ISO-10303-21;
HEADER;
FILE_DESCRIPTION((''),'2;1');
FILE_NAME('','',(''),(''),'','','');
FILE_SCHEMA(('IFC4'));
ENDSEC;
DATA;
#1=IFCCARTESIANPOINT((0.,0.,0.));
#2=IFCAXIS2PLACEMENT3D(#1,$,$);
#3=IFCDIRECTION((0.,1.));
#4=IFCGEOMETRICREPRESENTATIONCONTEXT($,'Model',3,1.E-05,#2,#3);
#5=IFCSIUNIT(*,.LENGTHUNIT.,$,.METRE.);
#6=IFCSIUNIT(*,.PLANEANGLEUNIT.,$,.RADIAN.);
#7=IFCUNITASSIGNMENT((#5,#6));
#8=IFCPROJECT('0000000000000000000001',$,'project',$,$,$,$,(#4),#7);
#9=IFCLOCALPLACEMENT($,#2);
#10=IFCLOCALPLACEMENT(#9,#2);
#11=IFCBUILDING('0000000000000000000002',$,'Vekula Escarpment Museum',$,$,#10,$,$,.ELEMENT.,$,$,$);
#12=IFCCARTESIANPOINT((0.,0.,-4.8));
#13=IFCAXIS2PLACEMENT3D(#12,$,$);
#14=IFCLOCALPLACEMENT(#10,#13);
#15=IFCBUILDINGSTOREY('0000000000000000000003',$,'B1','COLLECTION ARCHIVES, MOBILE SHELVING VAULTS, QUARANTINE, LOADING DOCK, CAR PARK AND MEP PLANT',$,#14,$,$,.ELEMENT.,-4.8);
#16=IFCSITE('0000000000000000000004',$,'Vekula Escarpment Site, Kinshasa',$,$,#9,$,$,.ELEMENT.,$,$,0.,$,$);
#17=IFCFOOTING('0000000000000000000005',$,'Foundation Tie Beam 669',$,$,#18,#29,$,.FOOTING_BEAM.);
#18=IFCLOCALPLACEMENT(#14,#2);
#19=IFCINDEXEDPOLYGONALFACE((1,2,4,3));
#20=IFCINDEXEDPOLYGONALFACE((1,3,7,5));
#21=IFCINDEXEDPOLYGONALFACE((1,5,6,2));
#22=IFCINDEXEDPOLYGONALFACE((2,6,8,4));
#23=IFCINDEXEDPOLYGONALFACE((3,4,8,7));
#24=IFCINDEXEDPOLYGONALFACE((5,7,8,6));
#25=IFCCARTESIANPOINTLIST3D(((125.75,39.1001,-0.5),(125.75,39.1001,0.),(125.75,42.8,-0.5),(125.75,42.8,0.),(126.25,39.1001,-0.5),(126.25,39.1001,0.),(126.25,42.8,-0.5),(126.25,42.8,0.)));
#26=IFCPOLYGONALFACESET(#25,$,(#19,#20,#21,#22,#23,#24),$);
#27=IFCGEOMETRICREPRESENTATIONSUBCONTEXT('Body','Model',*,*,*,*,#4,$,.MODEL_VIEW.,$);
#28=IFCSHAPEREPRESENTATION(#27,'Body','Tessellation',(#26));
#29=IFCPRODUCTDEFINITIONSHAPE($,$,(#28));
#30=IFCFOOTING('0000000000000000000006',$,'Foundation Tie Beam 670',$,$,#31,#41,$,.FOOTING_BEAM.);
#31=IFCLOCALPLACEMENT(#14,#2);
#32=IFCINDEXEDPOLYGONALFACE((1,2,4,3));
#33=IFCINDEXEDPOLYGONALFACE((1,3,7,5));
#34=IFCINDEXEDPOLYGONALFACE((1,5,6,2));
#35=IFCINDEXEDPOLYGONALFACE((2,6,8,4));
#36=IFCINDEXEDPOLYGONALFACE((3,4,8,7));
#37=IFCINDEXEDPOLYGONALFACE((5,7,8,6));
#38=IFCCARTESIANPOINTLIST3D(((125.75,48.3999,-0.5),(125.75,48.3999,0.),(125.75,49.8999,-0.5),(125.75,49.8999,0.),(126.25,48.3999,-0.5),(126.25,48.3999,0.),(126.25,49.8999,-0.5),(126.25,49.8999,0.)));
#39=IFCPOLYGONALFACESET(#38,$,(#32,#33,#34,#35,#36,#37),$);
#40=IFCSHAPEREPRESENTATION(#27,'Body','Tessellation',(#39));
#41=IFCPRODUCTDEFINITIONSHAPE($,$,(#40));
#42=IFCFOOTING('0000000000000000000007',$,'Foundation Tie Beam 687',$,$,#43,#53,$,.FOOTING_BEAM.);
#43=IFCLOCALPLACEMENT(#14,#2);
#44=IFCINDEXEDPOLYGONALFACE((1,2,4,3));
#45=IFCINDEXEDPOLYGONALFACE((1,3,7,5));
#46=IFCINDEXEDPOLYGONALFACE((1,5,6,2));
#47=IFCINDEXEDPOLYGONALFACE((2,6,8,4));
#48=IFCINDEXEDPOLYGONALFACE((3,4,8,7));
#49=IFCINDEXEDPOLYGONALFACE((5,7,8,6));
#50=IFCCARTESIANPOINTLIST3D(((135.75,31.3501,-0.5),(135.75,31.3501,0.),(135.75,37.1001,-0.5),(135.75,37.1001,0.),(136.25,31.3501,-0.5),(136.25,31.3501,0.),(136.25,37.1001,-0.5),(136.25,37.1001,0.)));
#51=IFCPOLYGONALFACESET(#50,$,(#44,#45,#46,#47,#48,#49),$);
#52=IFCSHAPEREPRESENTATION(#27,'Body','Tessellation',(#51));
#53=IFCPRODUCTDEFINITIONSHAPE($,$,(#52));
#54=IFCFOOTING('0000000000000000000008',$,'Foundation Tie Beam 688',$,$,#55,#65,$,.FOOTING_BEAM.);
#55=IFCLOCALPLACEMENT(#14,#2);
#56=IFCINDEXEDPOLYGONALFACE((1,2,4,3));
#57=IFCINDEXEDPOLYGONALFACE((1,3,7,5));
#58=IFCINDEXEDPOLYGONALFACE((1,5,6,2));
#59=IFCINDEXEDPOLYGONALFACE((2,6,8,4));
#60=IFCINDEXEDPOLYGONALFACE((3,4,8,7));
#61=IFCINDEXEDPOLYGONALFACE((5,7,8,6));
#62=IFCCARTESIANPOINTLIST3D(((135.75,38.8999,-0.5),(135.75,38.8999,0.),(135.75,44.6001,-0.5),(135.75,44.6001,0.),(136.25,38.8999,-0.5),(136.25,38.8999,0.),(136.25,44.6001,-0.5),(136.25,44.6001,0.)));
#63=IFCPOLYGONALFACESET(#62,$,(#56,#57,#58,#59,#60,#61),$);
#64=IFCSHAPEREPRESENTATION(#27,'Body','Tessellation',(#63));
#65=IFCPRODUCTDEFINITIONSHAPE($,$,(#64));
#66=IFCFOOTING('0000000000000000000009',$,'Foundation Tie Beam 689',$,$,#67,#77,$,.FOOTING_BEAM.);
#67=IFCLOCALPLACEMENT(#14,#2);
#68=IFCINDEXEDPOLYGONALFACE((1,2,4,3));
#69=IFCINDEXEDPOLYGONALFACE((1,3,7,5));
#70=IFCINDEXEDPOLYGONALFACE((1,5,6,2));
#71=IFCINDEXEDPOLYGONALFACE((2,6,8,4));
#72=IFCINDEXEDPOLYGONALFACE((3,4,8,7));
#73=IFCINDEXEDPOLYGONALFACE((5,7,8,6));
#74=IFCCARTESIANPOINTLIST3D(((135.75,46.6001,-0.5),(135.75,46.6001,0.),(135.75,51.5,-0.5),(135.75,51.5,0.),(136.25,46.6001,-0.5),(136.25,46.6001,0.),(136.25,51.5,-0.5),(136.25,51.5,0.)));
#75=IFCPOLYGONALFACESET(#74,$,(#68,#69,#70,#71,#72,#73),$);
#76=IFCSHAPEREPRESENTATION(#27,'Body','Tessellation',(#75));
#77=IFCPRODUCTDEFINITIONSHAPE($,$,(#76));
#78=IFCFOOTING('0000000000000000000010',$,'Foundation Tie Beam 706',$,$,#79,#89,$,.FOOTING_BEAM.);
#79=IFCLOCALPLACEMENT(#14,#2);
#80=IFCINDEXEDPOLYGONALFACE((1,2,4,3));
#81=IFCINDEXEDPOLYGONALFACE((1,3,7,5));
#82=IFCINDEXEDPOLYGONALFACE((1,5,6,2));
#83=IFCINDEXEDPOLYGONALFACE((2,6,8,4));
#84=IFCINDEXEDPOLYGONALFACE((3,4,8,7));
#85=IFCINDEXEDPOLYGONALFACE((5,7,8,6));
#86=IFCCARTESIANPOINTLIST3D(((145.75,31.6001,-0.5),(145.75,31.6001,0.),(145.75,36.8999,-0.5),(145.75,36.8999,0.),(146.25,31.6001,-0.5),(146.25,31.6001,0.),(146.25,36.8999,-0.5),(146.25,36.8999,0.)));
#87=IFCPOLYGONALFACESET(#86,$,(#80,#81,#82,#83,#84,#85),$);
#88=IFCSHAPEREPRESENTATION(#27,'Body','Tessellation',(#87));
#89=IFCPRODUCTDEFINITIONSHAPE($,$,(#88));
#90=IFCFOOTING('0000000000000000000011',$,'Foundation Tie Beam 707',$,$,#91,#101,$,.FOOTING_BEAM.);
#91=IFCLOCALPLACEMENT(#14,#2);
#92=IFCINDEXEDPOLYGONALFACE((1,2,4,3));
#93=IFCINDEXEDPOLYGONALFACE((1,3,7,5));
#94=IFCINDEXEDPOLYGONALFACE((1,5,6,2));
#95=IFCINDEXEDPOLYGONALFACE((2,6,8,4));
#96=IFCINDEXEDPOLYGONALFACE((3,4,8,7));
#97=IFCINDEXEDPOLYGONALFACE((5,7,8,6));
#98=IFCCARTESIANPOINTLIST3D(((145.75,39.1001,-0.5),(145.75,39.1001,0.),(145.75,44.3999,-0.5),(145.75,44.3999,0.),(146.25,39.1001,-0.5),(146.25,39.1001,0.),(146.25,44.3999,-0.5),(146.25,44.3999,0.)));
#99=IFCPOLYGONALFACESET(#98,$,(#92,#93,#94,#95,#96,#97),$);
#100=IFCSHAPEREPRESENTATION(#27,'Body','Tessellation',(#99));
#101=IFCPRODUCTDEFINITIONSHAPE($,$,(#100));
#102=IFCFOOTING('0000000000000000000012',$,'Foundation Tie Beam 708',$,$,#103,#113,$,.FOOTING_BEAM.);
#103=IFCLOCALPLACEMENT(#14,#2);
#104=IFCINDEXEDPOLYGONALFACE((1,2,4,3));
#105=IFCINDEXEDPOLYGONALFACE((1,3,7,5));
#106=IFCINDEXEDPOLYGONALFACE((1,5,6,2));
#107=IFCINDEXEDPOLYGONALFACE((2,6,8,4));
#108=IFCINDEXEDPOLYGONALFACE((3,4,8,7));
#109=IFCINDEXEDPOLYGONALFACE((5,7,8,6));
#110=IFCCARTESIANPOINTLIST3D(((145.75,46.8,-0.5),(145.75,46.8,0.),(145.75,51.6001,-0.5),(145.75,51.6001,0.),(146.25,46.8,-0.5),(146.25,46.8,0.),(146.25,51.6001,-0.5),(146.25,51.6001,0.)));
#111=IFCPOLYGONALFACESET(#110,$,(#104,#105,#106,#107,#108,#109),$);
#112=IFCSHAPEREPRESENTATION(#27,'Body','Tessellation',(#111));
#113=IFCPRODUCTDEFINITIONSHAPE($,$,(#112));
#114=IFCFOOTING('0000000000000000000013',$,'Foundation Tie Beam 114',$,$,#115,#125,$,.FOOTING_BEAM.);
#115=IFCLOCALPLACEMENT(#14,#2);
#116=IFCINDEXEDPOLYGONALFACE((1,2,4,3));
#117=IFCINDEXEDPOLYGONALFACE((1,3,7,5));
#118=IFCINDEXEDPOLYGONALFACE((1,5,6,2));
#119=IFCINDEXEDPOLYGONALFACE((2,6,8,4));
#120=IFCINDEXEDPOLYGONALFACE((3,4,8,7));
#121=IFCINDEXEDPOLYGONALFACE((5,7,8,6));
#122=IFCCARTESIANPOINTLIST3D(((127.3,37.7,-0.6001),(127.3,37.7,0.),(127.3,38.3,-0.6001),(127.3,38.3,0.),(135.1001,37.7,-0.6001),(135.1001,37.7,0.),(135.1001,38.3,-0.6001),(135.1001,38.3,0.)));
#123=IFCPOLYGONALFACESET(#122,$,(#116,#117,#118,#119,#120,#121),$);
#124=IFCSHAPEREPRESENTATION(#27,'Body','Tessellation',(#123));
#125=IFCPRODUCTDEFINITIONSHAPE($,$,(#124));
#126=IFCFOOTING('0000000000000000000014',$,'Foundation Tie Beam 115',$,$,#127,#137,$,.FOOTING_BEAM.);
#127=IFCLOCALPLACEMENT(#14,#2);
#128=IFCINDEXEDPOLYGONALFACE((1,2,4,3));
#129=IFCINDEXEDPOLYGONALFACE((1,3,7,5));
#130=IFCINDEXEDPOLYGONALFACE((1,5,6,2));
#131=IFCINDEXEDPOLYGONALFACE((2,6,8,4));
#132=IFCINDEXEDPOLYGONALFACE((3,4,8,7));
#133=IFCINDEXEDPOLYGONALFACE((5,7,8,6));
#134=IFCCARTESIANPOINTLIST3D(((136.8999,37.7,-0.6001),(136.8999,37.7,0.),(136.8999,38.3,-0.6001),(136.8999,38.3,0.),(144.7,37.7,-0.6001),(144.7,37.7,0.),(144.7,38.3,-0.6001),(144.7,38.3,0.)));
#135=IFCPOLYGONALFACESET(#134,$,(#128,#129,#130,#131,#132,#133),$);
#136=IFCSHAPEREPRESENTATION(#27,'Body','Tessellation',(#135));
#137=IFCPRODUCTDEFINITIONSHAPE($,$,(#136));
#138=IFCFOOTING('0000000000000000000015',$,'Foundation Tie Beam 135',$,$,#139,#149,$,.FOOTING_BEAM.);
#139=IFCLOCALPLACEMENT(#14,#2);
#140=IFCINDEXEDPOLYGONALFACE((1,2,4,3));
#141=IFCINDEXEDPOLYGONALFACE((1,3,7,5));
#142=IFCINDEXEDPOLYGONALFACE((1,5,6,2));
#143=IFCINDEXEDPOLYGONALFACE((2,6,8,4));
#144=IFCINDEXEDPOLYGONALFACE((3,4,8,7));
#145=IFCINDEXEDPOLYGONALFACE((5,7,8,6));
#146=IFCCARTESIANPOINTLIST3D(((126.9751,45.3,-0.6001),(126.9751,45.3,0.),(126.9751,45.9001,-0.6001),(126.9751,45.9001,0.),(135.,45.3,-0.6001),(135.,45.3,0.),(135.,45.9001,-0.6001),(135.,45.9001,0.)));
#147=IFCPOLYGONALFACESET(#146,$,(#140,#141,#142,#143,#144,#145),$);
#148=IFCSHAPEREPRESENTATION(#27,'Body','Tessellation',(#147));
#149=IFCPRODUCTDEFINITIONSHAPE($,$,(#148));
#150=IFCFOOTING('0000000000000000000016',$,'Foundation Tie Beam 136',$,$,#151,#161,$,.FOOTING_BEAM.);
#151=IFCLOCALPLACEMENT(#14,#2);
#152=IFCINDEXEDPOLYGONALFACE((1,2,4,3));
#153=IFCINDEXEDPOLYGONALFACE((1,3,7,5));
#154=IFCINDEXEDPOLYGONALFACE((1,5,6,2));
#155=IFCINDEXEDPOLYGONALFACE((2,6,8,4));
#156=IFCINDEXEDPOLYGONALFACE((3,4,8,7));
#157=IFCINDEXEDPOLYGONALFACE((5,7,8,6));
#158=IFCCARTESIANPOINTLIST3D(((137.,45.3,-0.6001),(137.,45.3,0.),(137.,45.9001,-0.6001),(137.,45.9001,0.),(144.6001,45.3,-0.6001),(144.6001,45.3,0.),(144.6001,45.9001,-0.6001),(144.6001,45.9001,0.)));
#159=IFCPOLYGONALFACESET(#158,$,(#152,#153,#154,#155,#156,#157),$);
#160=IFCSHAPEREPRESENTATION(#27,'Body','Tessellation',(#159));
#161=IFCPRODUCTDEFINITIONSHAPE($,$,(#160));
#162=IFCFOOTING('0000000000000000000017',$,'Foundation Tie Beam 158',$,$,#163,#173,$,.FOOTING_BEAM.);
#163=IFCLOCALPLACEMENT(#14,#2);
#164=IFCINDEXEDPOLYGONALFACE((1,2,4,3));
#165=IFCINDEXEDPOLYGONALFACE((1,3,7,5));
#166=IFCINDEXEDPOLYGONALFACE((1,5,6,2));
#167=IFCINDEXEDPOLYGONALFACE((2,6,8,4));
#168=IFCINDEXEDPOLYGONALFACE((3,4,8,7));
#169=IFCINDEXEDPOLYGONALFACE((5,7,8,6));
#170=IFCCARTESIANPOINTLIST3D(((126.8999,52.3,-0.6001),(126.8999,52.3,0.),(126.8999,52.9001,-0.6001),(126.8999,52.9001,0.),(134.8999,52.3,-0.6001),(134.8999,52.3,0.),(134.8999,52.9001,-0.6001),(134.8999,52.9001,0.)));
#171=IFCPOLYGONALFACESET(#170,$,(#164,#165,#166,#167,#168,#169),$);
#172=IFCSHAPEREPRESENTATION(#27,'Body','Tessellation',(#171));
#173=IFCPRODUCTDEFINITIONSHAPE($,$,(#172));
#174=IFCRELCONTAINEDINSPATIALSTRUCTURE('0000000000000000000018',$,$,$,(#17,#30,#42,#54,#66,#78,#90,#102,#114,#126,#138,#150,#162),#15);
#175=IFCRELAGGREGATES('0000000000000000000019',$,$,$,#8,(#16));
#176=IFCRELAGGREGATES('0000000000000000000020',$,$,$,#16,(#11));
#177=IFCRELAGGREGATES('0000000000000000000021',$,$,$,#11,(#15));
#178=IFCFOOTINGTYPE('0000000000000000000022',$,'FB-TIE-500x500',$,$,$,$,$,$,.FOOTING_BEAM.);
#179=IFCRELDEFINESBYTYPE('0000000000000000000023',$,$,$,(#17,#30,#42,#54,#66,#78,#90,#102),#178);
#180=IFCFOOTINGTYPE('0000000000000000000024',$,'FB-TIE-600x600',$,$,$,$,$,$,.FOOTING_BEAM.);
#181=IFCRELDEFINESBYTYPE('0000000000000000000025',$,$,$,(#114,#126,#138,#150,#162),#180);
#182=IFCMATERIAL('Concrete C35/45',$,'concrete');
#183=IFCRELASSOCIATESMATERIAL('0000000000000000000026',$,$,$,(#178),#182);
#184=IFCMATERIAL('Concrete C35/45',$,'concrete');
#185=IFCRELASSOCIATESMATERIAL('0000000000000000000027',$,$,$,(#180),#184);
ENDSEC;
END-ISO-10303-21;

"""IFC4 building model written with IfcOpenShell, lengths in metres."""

from ifc_helpers import new_model, si_unit, direction, frame, origin, origin_2d, place, context, subcontext, project, spatial, rectangle, extrude, material, material_profile, profile_set, type_object, element, save


model = new_model("IFC4")

# Units and contexts
model_context = context("Model", 3, precision=1e-05, world=origin(), true_north=direction((0.0, 1.0)))
body_context = subcontext(model_context, "Body", "Model", "MODEL_VIEW")
ifc_project = project(units=[si_unit("LENGTHUNIT", "METRE"), si_unit("PLANEANGLEUNIT", "RADIAN")], contexts=[model_context])

# Site, building, storey
site_placement = place(None, origin())
site = spatial("IfcSite", under=ifc_project, at=site_placement, Name="Vekula Escarpment Site, Kinshasa", CompositionType="ELEMENT", RefElevation=0.0)
building_placement = place(site_placement, origin())
building = spatial("IfcBuilding", under=site, at=building_placement, Name="Vekula Escarpment Museum", CompositionType="ELEMENT")
storey_placement = place(building_placement, frame((0.0, 0.0, -4.8)))
storey = spatial("IfcBuildingStorey", under=building, at=storey_placement, Name="B1", Description="COLLECTION ARCHIVES, MOBILE SHELVING VAULTS, QUARANTINE, LOADING DOCK, CAR PARK AND MEP PLANT", CompositionType="ELEMENT", Elevation=-4.8)

# Footings
ifc_material_1 = material(Name="Concrete C35/45", Category="concrete")
ifc_material_profile_1 = material_profile(ifc_material_1, rectangle(XDim=0.5, YDim=0.5, at=origin_2d()), Name="RC 500x500")
ifc_profile_set_1 = profile_set([ifc_material_profile_1], Name="Concrete C35/45")
footing_type_1 = type_object("IfcFootingType", Name="FB-TIE-500x500", PredefinedType="FOOTING_BEAM", material=ifc_profile_set_1)
footing_1_placement = place(storey_placement, frame((126.0, 39.1001, -0.25), z_axis=(0.0, 1.0, 0.0), x_axis=(-1.0, 0.0, 0.0)))
element("IfcFooting", 1, at=footing_1_placement, inside=storey, type_object=footing_type_1, Name="Foundation Tie Beam 669", PredefinedType="FOOTING_BEAM", context=body_context, shape_type="SweptSolid", body=[
    extrude(rectangle(XDim=0.5, YDim=0.5, at=origin_2d()), origin(), (0.0, 0.0, 1.0), 3.7),
])
footing_2_placement = place(storey_placement, frame((126.0, 48.3999, -0.25), z_axis=(0.0, 1.0, 0.0), x_axis=(-1.0, 0.0, 0.0)))
element("IfcFooting", 2, at=footing_2_placement, inside=storey, type_object=footing_type_1, Name="Foundation Tie Beam 670", PredefinedType="FOOTING_BEAM", context=body_context, shape_type="SweptSolid", body=[
    extrude(rectangle(XDim=0.5, YDim=0.5, at=origin_2d()), origin(), (0.0, 0.0, 1.0), 1.5),
])
footing_3_placement = place(storey_placement, frame((136.0, 31.3501, -0.25), z_axis=(0.0, 1.0, 0.0), x_axis=(-1.0, 0.0, 0.0)))
element("IfcFooting", 3, at=footing_3_placement, inside=storey, type_object=footing_type_1, Name="Foundation Tie Beam 687", PredefinedType="FOOTING_BEAM", context=body_context, shape_type="SweptSolid", body=[
    extrude(rectangle(XDim=0.5, YDim=0.5, at=origin_2d()), origin(), (0.0, 0.0, 1.0), 5.75),
])
footing_4_placement = place(storey_placement, frame((136.0, 38.8999, -0.25), z_axis=(0.0, 1.0, 0.0), x_axis=(-1.0, 0.0, 0.0)))
element("IfcFooting", 4, at=footing_4_placement, inside=storey, type_object=footing_type_1, Name="Foundation Tie Beam 688", PredefinedType="FOOTING_BEAM", context=body_context, shape_type="SweptSolid", body=[
    extrude(rectangle(XDim=0.5, YDim=0.5, at=origin_2d()), origin(), (0.0, 0.0, 1.0), 5.7002),
])
footing_5_placement = place(storey_placement, frame((136.0, 46.6001, -0.25), z_axis=(0.0, 1.0, 0.0), x_axis=(-1.0, 0.0, 0.0)))
element("IfcFooting", 5, at=footing_5_placement, inside=storey, type_object=footing_type_1, Name="Foundation Tie Beam 689", PredefinedType="FOOTING_BEAM", context=body_context, shape_type="SweptSolid", body=[
    extrude(rectangle(XDim=0.5, YDim=0.5, at=origin_2d()), origin(), (0.0, 0.0, 1.0), 4.8999),
])
for number, where, z_axis, x_axis, name in (
    (6, (146.0, 31.6001, -0.25), (0.0, 1.0, 0.0), (-1.0, 0.0, 0.0), "Foundation Tie Beam 706"),
    (7, (146.0, 39.1001, -0.25), (0.0, 1.0, 0.0), (-1.0, 0.0, 0.0), "Foundation Tie Beam 707"),
):
    element("IfcFooting", number, at=place(storey_placement, frame(where, z_axis=z_axis, x_axis=x_axis)), inside=storey, type_object=footing_type_1, Name=name, PredefinedType="FOOTING_BEAM", context=body_context, shape_type="SweptSolid", body=[
        extrude(rectangle(XDim=0.5, YDim=0.5, at=origin_2d()), origin(), (0.0, 0.0, 1.0), 5.2998),
    ])
footing_6_placement = place(storey_placement, frame((146.0, 46.8, -0.25), z_axis=(0.0, 1.0, 0.0), x_axis=(-1.0, 0.0, 0.0)))
element("IfcFooting", 8, at=footing_6_placement, inside=storey, type_object=footing_type_1, Name="Foundation Tie Beam 708", PredefinedType="FOOTING_BEAM", context=body_context, shape_type="SweptSolid", body=[
    extrude(rectangle(XDim=0.5, YDim=0.5, at=origin_2d()), origin(), (0.0, 0.0, 1.0), 4.8),
])
ifc_material_2 = material(Name="Concrete C35/45", Category="concrete")
ifc_material_profile_2 = material_profile(ifc_material_2, rectangle(XDim=0.6001, YDim=0.6001, at=origin_2d()), Name="RC 600x600")
ifc_profile_set_2 = profile_set([ifc_material_profile_2], Name="Concrete C35/45")
footing_type_2 = type_object("IfcFootingType", Name="FB-TIE-600x600", PredefinedType="FOOTING_BEAM", material=ifc_profile_set_2)
for number, where, z_axis, x_axis, name in (
    (9, (127.3, 38.0, -0.3), (1.0, 0.0, 0.0), (0.0, 1.0, 0.0), "Foundation Tie Beam 114"),
    (10, (136.8999, 38.0, -0.3), (1.0, 0.0, 0.0), (0.0, 1.0, 0.0), "Foundation Tie Beam 115"),
):
    element("IfcFooting", number, at=place(storey_placement, frame(where, z_axis=z_axis, x_axis=x_axis)), inside=storey, type_object=footing_type_2, Name=name, PredefinedType="FOOTING_BEAM", context=body_context, shape_type="SweptSolid", body=[
        extrude(rectangle(XDim=0.6001, YDim=0.6001, at=origin_2d()), origin(), (0.0, 0.0, 1.0), 7.8),
    ])
footing_7_placement = place(storey_placement, frame((126.9751, 45.6001, -0.3), z_axis=(1.0, 0.0, 0.0), x_axis=(0.0, 1.0, 0.0)))
element("IfcFooting", 11, at=footing_7_placement, inside=storey, type_object=footing_type_2, Name="Foundation Tie Beam 135", PredefinedType="FOOTING_BEAM", context=body_context, shape_type="SweptSolid", body=[
    extrude(rectangle(XDim=0.6001, YDim=0.6001, at=origin_2d()), origin(), (0.0, 0.0, 1.0), 8.0249),
])
footing_8_placement = place(storey_placement, frame((137.0, 45.6001, -0.3), z_axis=(1.0, 0.0, 0.0), x_axis=(0.0, 1.0, 0.0)))
element("IfcFooting", 12, at=footing_8_placement, inside=storey, type_object=footing_type_2, Name="Foundation Tie Beam 136", PredefinedType="FOOTING_BEAM", context=body_context, shape_type="SweptSolid", body=[
    extrude(rectangle(XDim=0.6001, YDim=0.6001, at=origin_2d()), origin(), (0.0, 0.0, 1.0), 7.6001),
])
footing_9_placement = place(storey_placement, frame((126.8999, 52.6001, -0.3), z_axis=(1.0, 0.0, 0.0), x_axis=(0.0, 1.0, 0.0)))
element("IfcFooting", 13, at=footing_9_placement, inside=storey, type_object=footing_type_2, Name="Foundation Tie Beam 158", PredefinedType="FOOTING_BEAM", context=body_context, shape_type="SweptSolid", body=[
    extrude(rectangle(XDim=0.6001, YDim=0.6001, at=origin_2d()), origin(), (0.0, 0.0, 1.0), 8.0),
])

save(model, "model.ifc")
